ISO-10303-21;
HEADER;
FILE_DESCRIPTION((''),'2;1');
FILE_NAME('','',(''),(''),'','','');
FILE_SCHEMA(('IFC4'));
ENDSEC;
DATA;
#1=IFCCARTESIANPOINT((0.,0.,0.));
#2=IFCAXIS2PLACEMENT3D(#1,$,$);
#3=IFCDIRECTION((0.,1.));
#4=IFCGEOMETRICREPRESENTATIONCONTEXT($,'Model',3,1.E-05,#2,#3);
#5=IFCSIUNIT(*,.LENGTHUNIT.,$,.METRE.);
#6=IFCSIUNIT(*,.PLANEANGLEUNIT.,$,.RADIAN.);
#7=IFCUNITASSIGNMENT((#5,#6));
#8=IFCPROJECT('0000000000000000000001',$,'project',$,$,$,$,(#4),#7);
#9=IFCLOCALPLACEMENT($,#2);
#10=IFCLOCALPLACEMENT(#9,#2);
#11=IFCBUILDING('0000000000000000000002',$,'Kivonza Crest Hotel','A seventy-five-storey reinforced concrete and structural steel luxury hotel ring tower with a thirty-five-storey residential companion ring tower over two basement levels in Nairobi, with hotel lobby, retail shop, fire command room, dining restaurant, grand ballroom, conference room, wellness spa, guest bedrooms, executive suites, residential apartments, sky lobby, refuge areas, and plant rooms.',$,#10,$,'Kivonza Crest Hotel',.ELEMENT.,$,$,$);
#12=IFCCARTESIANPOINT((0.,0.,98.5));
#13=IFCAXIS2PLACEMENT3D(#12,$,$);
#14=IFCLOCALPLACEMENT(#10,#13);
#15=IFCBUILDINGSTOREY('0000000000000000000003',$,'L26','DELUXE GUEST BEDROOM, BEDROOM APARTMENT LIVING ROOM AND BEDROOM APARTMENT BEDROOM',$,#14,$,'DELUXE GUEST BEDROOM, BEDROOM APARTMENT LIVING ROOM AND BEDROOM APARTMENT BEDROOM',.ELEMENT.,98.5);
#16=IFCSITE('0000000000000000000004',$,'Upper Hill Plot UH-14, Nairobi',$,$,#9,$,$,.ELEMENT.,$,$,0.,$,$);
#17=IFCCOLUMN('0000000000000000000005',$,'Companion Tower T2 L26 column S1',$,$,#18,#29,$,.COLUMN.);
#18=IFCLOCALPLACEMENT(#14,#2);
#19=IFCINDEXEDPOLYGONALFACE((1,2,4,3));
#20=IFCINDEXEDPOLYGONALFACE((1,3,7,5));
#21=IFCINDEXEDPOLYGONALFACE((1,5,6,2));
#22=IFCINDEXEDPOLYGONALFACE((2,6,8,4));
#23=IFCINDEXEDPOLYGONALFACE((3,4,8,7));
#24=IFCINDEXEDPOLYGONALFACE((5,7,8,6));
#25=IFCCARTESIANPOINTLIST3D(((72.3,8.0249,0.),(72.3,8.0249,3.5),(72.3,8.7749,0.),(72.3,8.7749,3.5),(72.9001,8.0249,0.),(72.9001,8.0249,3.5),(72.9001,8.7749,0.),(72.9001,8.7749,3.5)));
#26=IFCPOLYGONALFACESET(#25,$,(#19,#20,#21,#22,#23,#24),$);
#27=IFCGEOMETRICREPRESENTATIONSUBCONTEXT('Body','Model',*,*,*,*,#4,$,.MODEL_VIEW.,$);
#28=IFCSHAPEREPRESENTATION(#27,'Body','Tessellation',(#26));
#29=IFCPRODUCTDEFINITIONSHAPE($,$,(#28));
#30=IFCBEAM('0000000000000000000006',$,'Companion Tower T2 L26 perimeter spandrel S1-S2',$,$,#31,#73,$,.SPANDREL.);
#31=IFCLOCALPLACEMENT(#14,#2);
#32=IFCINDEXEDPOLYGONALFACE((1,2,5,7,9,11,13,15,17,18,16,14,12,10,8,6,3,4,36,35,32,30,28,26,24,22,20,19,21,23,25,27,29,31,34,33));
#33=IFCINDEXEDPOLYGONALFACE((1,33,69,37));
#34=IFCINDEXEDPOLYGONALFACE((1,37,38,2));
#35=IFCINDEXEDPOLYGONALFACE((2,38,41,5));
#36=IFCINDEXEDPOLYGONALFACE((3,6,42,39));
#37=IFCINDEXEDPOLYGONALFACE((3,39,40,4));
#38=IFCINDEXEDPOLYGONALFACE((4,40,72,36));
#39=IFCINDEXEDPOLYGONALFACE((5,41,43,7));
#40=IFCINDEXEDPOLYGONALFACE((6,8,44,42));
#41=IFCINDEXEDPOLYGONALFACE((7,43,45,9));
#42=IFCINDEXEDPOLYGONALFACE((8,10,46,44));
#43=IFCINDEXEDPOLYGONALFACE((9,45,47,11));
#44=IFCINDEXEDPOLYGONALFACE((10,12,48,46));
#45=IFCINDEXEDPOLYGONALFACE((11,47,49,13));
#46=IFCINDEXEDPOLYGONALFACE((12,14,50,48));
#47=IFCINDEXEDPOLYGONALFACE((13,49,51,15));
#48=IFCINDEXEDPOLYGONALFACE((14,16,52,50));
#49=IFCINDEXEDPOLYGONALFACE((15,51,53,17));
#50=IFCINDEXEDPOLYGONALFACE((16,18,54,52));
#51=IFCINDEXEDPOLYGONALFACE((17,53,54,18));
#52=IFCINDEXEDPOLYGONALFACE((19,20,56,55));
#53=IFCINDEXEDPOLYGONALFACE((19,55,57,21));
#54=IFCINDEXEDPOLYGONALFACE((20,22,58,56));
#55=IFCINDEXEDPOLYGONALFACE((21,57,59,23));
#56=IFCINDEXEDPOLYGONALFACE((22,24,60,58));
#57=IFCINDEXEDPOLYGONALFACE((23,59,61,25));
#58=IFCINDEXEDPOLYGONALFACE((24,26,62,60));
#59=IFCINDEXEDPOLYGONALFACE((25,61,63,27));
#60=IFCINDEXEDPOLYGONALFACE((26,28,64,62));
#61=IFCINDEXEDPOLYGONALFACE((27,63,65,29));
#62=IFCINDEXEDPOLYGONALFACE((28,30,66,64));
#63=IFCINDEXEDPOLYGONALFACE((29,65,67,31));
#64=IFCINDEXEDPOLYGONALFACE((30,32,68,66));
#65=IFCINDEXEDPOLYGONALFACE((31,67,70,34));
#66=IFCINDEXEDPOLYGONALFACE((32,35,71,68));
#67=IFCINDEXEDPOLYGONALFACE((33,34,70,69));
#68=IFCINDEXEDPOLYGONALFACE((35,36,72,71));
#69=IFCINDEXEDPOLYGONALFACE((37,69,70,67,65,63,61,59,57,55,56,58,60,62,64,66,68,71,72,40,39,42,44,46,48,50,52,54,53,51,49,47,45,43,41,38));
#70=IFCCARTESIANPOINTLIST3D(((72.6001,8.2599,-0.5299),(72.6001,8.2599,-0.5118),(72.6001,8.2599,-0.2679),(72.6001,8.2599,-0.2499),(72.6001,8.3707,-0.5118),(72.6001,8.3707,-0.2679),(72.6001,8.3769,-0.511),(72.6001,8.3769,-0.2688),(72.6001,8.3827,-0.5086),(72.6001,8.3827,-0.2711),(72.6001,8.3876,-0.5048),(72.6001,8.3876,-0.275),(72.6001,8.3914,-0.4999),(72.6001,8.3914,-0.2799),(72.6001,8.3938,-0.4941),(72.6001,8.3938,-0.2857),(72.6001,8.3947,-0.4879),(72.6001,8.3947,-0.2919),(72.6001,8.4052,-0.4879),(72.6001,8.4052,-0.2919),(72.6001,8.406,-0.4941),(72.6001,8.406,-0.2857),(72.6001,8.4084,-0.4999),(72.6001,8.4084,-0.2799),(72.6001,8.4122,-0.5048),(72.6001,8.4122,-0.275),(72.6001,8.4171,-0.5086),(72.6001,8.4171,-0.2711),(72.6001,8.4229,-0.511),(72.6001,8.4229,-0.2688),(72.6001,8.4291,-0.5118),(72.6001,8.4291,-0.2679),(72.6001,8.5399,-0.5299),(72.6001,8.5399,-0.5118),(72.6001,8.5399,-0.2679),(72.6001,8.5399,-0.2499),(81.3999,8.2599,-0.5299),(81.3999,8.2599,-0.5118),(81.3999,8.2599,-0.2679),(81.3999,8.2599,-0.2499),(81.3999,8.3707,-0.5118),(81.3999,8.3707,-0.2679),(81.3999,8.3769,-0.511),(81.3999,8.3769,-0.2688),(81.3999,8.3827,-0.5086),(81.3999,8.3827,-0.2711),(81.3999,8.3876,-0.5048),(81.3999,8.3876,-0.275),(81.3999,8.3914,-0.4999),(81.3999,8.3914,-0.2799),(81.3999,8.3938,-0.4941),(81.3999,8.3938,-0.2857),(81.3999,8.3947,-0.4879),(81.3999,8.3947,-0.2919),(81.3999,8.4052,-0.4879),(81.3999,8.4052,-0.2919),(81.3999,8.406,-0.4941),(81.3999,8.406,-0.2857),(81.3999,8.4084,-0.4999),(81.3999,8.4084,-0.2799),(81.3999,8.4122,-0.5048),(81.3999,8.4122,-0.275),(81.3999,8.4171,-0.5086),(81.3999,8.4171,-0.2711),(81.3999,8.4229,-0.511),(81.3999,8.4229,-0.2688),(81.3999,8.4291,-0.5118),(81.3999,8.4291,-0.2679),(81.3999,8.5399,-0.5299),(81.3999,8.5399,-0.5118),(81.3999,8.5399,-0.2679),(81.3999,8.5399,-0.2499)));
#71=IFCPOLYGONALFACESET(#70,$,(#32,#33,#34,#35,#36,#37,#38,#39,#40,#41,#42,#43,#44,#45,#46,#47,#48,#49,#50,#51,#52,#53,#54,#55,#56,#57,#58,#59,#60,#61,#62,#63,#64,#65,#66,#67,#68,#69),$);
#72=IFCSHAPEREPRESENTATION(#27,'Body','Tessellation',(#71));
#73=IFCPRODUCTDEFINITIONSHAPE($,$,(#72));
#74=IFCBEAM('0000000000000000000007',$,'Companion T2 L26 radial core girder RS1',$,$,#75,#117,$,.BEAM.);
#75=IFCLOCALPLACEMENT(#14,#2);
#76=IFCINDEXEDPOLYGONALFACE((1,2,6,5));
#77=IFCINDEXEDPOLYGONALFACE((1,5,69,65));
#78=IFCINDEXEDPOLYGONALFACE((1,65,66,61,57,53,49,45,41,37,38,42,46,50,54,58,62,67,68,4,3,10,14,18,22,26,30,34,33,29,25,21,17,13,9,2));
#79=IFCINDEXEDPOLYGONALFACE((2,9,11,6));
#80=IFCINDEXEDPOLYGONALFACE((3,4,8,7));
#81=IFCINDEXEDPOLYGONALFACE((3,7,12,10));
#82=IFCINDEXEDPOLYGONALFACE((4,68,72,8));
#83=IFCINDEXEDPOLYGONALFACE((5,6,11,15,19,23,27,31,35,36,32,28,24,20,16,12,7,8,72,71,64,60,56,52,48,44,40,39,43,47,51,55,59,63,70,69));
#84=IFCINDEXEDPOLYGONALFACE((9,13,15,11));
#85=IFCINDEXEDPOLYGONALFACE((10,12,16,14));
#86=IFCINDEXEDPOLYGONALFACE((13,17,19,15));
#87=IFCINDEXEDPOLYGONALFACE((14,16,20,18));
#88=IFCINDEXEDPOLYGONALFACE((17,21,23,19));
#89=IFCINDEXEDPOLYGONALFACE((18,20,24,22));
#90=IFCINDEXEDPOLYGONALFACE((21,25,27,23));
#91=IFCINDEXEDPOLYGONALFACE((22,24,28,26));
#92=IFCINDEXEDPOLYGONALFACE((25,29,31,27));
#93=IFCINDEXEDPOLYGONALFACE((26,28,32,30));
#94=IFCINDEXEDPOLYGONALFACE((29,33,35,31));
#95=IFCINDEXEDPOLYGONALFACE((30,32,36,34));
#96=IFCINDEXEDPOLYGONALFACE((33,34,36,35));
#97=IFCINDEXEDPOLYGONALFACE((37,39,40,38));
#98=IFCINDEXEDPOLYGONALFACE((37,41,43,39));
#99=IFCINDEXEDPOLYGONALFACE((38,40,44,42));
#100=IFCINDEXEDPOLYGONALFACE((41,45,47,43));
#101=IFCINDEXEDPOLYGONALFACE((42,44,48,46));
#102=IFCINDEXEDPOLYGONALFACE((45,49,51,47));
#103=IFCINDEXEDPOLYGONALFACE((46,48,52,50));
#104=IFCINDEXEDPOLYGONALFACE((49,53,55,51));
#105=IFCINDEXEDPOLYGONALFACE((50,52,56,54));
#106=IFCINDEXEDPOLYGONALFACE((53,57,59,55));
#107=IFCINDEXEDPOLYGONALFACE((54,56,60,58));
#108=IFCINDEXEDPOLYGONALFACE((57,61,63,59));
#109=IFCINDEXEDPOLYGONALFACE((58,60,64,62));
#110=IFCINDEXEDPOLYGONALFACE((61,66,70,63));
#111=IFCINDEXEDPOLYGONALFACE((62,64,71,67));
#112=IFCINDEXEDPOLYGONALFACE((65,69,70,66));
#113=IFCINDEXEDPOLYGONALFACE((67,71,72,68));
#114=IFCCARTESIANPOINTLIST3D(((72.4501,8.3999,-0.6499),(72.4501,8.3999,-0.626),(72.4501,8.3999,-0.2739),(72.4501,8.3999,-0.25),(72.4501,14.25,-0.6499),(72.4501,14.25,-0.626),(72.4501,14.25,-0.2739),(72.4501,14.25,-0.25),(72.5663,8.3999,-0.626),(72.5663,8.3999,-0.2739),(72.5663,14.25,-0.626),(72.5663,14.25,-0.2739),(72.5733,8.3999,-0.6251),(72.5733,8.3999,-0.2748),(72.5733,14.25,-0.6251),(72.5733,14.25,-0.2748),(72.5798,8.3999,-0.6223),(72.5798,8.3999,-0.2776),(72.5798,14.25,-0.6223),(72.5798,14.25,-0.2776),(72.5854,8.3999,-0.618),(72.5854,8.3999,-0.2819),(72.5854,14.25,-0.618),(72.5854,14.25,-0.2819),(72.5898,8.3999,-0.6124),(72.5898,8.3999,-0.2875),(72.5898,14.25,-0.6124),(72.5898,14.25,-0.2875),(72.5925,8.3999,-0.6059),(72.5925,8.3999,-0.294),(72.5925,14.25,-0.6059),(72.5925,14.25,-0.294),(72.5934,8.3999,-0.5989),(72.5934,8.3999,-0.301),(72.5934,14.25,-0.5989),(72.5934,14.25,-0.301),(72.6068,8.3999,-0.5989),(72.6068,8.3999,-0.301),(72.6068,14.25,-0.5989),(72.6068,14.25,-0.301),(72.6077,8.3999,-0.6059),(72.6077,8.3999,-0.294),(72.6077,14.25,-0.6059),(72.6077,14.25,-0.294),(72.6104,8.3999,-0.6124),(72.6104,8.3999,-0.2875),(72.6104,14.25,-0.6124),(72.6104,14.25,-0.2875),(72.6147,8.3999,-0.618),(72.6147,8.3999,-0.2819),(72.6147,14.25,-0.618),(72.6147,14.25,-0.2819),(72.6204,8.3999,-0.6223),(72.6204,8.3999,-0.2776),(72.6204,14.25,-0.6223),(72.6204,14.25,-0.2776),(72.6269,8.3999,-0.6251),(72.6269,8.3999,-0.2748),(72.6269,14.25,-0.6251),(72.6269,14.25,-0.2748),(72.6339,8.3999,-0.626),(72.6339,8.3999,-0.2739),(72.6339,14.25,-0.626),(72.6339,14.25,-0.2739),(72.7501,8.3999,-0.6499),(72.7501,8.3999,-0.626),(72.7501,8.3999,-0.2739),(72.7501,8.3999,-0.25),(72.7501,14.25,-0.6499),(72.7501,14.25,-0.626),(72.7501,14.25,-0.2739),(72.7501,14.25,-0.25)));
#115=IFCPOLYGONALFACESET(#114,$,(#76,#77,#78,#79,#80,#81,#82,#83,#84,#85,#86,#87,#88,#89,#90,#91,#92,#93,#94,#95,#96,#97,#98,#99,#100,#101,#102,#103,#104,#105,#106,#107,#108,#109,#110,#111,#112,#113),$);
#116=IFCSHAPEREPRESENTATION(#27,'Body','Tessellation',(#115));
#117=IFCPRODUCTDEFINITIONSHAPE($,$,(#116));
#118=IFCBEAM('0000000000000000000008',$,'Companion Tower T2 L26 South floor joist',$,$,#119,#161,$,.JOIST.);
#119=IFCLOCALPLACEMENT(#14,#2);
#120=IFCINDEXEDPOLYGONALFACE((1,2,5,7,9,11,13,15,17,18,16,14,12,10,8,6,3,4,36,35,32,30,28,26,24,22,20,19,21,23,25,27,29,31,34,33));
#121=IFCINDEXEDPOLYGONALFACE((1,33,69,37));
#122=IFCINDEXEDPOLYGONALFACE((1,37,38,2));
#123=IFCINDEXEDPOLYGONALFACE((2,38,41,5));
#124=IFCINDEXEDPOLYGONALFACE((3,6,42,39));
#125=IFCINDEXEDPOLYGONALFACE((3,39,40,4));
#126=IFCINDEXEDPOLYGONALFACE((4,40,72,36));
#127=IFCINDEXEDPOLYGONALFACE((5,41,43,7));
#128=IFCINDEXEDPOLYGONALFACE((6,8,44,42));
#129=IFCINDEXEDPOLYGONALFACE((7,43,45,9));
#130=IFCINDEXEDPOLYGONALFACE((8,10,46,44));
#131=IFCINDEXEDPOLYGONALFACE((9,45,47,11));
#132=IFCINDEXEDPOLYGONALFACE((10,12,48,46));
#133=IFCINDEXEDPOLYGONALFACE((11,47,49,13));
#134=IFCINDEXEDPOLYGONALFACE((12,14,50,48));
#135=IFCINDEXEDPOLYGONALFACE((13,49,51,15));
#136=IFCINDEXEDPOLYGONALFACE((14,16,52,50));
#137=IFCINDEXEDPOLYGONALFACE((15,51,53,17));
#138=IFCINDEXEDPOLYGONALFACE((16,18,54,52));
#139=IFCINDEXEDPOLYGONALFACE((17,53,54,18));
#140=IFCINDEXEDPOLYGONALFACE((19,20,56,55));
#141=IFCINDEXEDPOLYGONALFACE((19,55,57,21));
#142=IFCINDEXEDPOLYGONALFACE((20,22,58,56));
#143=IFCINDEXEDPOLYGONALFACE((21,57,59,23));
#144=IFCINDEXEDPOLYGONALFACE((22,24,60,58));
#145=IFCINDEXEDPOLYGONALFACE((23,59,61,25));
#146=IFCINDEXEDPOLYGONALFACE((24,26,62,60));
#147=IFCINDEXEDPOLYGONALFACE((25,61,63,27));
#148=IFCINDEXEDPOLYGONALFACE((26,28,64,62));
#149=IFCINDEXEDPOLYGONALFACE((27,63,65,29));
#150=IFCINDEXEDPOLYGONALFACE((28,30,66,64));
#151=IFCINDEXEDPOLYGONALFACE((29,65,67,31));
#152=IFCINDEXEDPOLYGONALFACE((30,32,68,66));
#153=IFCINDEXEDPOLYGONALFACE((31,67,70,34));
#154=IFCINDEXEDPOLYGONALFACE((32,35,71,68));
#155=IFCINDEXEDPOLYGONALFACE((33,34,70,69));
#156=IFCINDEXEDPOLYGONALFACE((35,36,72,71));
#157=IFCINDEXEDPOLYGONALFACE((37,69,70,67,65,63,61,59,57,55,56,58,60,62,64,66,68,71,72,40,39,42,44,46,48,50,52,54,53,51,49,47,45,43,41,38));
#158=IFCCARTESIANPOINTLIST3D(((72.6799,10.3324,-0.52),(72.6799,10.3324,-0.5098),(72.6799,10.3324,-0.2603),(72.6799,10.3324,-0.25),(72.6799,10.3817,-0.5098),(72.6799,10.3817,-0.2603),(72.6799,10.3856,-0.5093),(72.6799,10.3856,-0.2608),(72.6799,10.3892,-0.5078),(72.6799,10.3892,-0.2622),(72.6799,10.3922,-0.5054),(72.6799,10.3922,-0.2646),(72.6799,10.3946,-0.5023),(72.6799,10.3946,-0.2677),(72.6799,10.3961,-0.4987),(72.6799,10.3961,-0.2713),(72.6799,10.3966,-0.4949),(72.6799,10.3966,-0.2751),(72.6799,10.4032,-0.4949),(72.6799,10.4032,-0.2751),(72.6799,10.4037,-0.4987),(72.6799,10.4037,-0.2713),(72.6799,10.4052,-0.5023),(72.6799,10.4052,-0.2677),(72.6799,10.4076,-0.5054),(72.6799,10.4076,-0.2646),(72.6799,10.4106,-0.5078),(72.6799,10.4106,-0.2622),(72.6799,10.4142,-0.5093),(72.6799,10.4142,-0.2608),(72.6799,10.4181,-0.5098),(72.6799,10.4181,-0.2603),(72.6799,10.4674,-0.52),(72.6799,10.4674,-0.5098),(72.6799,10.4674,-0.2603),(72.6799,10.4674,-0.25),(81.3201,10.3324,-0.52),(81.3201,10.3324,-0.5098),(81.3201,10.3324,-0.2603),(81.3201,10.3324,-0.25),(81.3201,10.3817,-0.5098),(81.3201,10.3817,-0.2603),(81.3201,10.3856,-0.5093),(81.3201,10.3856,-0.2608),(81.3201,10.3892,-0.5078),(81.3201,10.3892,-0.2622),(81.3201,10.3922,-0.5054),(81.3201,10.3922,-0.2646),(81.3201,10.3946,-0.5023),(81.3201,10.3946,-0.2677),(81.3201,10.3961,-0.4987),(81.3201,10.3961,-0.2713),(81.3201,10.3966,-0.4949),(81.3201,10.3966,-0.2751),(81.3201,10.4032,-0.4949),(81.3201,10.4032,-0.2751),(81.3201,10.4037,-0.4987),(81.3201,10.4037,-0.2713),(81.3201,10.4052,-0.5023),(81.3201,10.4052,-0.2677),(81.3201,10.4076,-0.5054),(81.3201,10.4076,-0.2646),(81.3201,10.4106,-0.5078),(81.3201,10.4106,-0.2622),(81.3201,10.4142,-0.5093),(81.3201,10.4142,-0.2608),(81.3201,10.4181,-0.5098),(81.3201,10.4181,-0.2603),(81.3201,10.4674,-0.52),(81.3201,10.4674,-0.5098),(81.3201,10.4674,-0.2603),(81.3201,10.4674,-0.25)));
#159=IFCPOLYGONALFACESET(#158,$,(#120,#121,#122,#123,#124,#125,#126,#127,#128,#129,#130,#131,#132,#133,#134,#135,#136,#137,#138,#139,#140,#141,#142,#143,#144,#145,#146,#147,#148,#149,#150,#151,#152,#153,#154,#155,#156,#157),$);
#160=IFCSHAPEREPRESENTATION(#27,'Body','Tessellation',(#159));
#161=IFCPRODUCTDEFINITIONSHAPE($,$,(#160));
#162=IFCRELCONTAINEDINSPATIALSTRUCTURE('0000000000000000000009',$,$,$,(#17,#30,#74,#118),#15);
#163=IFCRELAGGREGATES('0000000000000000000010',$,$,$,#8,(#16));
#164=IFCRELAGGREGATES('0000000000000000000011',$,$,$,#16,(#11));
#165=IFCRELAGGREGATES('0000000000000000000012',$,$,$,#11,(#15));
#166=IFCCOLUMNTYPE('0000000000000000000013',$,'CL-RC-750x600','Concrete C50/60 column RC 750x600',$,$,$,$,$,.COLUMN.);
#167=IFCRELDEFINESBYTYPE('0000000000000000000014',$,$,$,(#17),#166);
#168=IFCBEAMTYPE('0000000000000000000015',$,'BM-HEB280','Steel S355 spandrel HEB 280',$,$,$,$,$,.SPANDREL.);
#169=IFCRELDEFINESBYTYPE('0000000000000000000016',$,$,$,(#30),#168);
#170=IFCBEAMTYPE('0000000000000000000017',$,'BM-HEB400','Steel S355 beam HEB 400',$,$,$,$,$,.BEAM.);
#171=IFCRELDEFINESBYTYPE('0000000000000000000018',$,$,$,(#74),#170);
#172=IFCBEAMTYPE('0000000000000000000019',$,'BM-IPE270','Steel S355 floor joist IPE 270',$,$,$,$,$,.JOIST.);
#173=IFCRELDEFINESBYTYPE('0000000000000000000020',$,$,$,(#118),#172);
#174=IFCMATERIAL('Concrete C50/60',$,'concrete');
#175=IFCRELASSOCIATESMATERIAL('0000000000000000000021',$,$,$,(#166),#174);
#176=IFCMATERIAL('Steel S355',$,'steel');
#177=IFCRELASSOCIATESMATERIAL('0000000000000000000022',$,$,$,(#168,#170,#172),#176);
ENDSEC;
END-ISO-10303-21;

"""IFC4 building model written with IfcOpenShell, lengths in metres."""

from ifc_helpers import new_model, si_unit, direction, frame, origin, origin_2d, place, context, subcontext, project, spatial, rectangle, i_section, extrude, material, material_profile, profile_set, type_object, element, save


model = new_model("IFC4")

# Units and contexts
model_context = context("Model", 3, precision=1e-05, world=origin(), true_north=direction((0.0, 1.0)))
body_context = subcontext(model_context, "Body", "Model", "MODEL_VIEW")
ifc_project = project(units=[si_unit("LENGTHUNIT", "METRE"), si_unit("PLANEANGLEUNIT", "RADIAN")], contexts=[model_context])

# Site, building, storey
site_placement = place(None, origin())
site = spatial("IfcSite", under=ifc_project, at=site_placement, Name="Upper Hill Plot UH-14, Nairobi", CompositionType="ELEMENT", RefElevation=0.0)
building_placement = place(site_placement, origin())
building = spatial("IfcBuilding", under=site, at=building_placement, Name="Kivonza Crest Hotel", Description="A seventy-five-storey reinforced concrete and structural steel luxury hotel ring tower with a thirty-five-storey residential companion ring tower over two basement levels in Nairobi, with hotel lobby, retail shop, fire command room, dining restaurant, grand ballroom, conference room, wellness spa, guest bedrooms, executive suites, residential apartments, sky lobby, refuge areas, and plant rooms.", LongName="Kivonza Crest Hotel", CompositionType="ELEMENT")
storey_placement = place(building_placement, frame((0.0, 0.0, 98.5)))
storey = spatial("IfcBuildingStorey", under=building, at=storey_placement, Name="L26", Description="DELUXE GUEST BEDROOM, BEDROOM APARTMENT LIVING ROOM AND BEDROOM APARTMENT BEDROOM", LongName="DELUXE GUEST BEDROOM, BEDROOM APARTMENT LIVING ROOM AND BEDROOM APARTMENT BEDROOM", CompositionType="ELEMENT", Elevation=98.5)

# Column
ifc_material_1 = material(Name="Concrete C50/60", Category="concrete")
ifc_material_profile_1 = material_profile(ifc_material_1, rectangle(XDim=0.6001, YDim=0.75, at=origin_2d()), Name="RC 750x600")
ifc_profile_set_1 = profile_set([ifc_material_profile_1], Name="Concrete C50/60")
column_type = type_object("IfcColumnType", Name="CL-RC-750x600", Description="Concrete C50/60 column RC 750x600", PredefinedType="COLUMN", material=ifc_profile_set_1)
column_placement = place(storey_placement, frame((72.6001, 8.3999, 0.0), z_axis=(0.0, 0.0, 1.0), x_axis=(1.0, 0.0, 0.0)))
element("IfcColumn", 1, at=column_placement, inside=storey, type_object=column_type, Name="Companion Tower T2 L26 column S1", PredefinedType="COLUMN", context=body_context, shape_type="SweptSolid", body=[
    extrude(rectangle(XDim=0.6001, YDim=0.75, at=origin_2d()), origin(), (0.0, 0.0, 1.0), 3.5),
])

# Beams
ifc_material_2 = material(Name="Steel S355", Category="steel")
ifc_material_profile_2 = material_profile(ifc_material_2, i_section(OverallWidth=0.28, OverallDepth=0.28, WebThickness=0.0105, FlangeThickness=0.0181, FilletRadius=0.0239, at=origin_2d()), Name="HEB 280")
ifc_profile_set_2 = profile_set([ifc_material_profile_2], Name="Steel S355")
beam_type_1 = type_object("IfcBeamType", Name="BM-HEB280", Description="Steel S355 spandrel HEB 280", PredefinedType="SPANDREL", material=ifc_profile_set_2)
beam_1_placement = place(storey_placement, frame((72.6001, 8.3999, -0.3899), z_axis=(1.0, 0.0, 0.0), x_axis=(0.0, 1.0, 0.0)))
element("IfcBeam", 2, at=beam_1_placement, inside=storey, type_object=beam_type_1, Name="Companion Tower T2 L26 perimeter spandrel S1-S2", PredefinedType="SPANDREL", context=body_context, shape_type="SweptSolid", body=[
    extrude(i_section(OverallWidth=0.28, OverallDepth=0.28, WebThickness=0.0105, FlangeThickness=0.0181, FilletRadius=0.0239, at=origin_2d()), origin(), (0.0, 0.0, 1.0), 8.7998),
])
ifc_material_profile_3 = material_profile(ifc_material_2, i_section(OverallWidth=0.3, OverallDepth=0.3999, WebThickness=0.0134, FlangeThickness=0.0239, FilletRadius=0.0271, at=origin_2d()), Name="HEB 400")
ifc_profile_set_3 = profile_set([ifc_material_profile_3], Name="Steel S355")
beam_type_2 = type_object("IfcBeamType", Name="BM-HEB400", Description="Steel S355 beam HEB 400", PredefinedType="BEAM", material=ifc_profile_set_3)
beam_2_placement = place(storey_placement, frame((72.6001, 8.3999, -0.45), z_axis=(0.0, 1.0, 0.0), x_axis=(-1.0, 0.0, 0.0)))
element("IfcBeam", 3, at=beam_2_placement, inside=storey, type_object=beam_type_2, Name="Companion T2 L26 radial core girder RS1", PredefinedType="BEAM", context=body_context, shape_type="SweptSolid", body=[
    extrude(i_section(OverallWidth=0.3, OverallDepth=0.3999, WebThickness=0.0134, FlangeThickness=0.0239, FilletRadius=0.0271, at=origin_2d()), origin(), (0.0, 0.0, 1.0), 5.8501),
])
ifc_material_profile_4 = material_profile(ifc_material_2, i_section(OverallWidth=0.135, OverallDepth=0.27, WebThickness=0.0066, FlangeThickness=0.0103, FilletRadius=0.0149, at=origin_2d()), Name="IPE 270")
ifc_profile_set_4 = profile_set([ifc_material_profile_4], Name="Steel S355")
beam_type_3 = type_object("IfcBeamType", Name="BM-IPE270", Description="Steel S355 floor joist IPE 270", PredefinedType="JOIST", material=ifc_profile_set_4)
beam_3_placement = place(storey_placement, frame((72.6799, 10.3999, -0.385), z_axis=(1.0, 0.0, 0.0), x_axis=(0.0, 1.0, 0.0)))
element("IfcBeam", 4, at=beam_3_placement, inside=storey, type_object=beam_type_3, Name="Companion Tower T2 L26 South floor joist", PredefinedType="JOIST", context=body_context, shape_type="SweptSolid", body=[
    extrude(i_section(OverallWidth=0.135, OverallDepth=0.27, WebThickness=0.0066, FlangeThickness=0.0103, FilletRadius=0.0149, at=origin_2d()), origin(), (0.0, 0.0, 1.0), 8.6401),
])

save(model, "model.ifc")
